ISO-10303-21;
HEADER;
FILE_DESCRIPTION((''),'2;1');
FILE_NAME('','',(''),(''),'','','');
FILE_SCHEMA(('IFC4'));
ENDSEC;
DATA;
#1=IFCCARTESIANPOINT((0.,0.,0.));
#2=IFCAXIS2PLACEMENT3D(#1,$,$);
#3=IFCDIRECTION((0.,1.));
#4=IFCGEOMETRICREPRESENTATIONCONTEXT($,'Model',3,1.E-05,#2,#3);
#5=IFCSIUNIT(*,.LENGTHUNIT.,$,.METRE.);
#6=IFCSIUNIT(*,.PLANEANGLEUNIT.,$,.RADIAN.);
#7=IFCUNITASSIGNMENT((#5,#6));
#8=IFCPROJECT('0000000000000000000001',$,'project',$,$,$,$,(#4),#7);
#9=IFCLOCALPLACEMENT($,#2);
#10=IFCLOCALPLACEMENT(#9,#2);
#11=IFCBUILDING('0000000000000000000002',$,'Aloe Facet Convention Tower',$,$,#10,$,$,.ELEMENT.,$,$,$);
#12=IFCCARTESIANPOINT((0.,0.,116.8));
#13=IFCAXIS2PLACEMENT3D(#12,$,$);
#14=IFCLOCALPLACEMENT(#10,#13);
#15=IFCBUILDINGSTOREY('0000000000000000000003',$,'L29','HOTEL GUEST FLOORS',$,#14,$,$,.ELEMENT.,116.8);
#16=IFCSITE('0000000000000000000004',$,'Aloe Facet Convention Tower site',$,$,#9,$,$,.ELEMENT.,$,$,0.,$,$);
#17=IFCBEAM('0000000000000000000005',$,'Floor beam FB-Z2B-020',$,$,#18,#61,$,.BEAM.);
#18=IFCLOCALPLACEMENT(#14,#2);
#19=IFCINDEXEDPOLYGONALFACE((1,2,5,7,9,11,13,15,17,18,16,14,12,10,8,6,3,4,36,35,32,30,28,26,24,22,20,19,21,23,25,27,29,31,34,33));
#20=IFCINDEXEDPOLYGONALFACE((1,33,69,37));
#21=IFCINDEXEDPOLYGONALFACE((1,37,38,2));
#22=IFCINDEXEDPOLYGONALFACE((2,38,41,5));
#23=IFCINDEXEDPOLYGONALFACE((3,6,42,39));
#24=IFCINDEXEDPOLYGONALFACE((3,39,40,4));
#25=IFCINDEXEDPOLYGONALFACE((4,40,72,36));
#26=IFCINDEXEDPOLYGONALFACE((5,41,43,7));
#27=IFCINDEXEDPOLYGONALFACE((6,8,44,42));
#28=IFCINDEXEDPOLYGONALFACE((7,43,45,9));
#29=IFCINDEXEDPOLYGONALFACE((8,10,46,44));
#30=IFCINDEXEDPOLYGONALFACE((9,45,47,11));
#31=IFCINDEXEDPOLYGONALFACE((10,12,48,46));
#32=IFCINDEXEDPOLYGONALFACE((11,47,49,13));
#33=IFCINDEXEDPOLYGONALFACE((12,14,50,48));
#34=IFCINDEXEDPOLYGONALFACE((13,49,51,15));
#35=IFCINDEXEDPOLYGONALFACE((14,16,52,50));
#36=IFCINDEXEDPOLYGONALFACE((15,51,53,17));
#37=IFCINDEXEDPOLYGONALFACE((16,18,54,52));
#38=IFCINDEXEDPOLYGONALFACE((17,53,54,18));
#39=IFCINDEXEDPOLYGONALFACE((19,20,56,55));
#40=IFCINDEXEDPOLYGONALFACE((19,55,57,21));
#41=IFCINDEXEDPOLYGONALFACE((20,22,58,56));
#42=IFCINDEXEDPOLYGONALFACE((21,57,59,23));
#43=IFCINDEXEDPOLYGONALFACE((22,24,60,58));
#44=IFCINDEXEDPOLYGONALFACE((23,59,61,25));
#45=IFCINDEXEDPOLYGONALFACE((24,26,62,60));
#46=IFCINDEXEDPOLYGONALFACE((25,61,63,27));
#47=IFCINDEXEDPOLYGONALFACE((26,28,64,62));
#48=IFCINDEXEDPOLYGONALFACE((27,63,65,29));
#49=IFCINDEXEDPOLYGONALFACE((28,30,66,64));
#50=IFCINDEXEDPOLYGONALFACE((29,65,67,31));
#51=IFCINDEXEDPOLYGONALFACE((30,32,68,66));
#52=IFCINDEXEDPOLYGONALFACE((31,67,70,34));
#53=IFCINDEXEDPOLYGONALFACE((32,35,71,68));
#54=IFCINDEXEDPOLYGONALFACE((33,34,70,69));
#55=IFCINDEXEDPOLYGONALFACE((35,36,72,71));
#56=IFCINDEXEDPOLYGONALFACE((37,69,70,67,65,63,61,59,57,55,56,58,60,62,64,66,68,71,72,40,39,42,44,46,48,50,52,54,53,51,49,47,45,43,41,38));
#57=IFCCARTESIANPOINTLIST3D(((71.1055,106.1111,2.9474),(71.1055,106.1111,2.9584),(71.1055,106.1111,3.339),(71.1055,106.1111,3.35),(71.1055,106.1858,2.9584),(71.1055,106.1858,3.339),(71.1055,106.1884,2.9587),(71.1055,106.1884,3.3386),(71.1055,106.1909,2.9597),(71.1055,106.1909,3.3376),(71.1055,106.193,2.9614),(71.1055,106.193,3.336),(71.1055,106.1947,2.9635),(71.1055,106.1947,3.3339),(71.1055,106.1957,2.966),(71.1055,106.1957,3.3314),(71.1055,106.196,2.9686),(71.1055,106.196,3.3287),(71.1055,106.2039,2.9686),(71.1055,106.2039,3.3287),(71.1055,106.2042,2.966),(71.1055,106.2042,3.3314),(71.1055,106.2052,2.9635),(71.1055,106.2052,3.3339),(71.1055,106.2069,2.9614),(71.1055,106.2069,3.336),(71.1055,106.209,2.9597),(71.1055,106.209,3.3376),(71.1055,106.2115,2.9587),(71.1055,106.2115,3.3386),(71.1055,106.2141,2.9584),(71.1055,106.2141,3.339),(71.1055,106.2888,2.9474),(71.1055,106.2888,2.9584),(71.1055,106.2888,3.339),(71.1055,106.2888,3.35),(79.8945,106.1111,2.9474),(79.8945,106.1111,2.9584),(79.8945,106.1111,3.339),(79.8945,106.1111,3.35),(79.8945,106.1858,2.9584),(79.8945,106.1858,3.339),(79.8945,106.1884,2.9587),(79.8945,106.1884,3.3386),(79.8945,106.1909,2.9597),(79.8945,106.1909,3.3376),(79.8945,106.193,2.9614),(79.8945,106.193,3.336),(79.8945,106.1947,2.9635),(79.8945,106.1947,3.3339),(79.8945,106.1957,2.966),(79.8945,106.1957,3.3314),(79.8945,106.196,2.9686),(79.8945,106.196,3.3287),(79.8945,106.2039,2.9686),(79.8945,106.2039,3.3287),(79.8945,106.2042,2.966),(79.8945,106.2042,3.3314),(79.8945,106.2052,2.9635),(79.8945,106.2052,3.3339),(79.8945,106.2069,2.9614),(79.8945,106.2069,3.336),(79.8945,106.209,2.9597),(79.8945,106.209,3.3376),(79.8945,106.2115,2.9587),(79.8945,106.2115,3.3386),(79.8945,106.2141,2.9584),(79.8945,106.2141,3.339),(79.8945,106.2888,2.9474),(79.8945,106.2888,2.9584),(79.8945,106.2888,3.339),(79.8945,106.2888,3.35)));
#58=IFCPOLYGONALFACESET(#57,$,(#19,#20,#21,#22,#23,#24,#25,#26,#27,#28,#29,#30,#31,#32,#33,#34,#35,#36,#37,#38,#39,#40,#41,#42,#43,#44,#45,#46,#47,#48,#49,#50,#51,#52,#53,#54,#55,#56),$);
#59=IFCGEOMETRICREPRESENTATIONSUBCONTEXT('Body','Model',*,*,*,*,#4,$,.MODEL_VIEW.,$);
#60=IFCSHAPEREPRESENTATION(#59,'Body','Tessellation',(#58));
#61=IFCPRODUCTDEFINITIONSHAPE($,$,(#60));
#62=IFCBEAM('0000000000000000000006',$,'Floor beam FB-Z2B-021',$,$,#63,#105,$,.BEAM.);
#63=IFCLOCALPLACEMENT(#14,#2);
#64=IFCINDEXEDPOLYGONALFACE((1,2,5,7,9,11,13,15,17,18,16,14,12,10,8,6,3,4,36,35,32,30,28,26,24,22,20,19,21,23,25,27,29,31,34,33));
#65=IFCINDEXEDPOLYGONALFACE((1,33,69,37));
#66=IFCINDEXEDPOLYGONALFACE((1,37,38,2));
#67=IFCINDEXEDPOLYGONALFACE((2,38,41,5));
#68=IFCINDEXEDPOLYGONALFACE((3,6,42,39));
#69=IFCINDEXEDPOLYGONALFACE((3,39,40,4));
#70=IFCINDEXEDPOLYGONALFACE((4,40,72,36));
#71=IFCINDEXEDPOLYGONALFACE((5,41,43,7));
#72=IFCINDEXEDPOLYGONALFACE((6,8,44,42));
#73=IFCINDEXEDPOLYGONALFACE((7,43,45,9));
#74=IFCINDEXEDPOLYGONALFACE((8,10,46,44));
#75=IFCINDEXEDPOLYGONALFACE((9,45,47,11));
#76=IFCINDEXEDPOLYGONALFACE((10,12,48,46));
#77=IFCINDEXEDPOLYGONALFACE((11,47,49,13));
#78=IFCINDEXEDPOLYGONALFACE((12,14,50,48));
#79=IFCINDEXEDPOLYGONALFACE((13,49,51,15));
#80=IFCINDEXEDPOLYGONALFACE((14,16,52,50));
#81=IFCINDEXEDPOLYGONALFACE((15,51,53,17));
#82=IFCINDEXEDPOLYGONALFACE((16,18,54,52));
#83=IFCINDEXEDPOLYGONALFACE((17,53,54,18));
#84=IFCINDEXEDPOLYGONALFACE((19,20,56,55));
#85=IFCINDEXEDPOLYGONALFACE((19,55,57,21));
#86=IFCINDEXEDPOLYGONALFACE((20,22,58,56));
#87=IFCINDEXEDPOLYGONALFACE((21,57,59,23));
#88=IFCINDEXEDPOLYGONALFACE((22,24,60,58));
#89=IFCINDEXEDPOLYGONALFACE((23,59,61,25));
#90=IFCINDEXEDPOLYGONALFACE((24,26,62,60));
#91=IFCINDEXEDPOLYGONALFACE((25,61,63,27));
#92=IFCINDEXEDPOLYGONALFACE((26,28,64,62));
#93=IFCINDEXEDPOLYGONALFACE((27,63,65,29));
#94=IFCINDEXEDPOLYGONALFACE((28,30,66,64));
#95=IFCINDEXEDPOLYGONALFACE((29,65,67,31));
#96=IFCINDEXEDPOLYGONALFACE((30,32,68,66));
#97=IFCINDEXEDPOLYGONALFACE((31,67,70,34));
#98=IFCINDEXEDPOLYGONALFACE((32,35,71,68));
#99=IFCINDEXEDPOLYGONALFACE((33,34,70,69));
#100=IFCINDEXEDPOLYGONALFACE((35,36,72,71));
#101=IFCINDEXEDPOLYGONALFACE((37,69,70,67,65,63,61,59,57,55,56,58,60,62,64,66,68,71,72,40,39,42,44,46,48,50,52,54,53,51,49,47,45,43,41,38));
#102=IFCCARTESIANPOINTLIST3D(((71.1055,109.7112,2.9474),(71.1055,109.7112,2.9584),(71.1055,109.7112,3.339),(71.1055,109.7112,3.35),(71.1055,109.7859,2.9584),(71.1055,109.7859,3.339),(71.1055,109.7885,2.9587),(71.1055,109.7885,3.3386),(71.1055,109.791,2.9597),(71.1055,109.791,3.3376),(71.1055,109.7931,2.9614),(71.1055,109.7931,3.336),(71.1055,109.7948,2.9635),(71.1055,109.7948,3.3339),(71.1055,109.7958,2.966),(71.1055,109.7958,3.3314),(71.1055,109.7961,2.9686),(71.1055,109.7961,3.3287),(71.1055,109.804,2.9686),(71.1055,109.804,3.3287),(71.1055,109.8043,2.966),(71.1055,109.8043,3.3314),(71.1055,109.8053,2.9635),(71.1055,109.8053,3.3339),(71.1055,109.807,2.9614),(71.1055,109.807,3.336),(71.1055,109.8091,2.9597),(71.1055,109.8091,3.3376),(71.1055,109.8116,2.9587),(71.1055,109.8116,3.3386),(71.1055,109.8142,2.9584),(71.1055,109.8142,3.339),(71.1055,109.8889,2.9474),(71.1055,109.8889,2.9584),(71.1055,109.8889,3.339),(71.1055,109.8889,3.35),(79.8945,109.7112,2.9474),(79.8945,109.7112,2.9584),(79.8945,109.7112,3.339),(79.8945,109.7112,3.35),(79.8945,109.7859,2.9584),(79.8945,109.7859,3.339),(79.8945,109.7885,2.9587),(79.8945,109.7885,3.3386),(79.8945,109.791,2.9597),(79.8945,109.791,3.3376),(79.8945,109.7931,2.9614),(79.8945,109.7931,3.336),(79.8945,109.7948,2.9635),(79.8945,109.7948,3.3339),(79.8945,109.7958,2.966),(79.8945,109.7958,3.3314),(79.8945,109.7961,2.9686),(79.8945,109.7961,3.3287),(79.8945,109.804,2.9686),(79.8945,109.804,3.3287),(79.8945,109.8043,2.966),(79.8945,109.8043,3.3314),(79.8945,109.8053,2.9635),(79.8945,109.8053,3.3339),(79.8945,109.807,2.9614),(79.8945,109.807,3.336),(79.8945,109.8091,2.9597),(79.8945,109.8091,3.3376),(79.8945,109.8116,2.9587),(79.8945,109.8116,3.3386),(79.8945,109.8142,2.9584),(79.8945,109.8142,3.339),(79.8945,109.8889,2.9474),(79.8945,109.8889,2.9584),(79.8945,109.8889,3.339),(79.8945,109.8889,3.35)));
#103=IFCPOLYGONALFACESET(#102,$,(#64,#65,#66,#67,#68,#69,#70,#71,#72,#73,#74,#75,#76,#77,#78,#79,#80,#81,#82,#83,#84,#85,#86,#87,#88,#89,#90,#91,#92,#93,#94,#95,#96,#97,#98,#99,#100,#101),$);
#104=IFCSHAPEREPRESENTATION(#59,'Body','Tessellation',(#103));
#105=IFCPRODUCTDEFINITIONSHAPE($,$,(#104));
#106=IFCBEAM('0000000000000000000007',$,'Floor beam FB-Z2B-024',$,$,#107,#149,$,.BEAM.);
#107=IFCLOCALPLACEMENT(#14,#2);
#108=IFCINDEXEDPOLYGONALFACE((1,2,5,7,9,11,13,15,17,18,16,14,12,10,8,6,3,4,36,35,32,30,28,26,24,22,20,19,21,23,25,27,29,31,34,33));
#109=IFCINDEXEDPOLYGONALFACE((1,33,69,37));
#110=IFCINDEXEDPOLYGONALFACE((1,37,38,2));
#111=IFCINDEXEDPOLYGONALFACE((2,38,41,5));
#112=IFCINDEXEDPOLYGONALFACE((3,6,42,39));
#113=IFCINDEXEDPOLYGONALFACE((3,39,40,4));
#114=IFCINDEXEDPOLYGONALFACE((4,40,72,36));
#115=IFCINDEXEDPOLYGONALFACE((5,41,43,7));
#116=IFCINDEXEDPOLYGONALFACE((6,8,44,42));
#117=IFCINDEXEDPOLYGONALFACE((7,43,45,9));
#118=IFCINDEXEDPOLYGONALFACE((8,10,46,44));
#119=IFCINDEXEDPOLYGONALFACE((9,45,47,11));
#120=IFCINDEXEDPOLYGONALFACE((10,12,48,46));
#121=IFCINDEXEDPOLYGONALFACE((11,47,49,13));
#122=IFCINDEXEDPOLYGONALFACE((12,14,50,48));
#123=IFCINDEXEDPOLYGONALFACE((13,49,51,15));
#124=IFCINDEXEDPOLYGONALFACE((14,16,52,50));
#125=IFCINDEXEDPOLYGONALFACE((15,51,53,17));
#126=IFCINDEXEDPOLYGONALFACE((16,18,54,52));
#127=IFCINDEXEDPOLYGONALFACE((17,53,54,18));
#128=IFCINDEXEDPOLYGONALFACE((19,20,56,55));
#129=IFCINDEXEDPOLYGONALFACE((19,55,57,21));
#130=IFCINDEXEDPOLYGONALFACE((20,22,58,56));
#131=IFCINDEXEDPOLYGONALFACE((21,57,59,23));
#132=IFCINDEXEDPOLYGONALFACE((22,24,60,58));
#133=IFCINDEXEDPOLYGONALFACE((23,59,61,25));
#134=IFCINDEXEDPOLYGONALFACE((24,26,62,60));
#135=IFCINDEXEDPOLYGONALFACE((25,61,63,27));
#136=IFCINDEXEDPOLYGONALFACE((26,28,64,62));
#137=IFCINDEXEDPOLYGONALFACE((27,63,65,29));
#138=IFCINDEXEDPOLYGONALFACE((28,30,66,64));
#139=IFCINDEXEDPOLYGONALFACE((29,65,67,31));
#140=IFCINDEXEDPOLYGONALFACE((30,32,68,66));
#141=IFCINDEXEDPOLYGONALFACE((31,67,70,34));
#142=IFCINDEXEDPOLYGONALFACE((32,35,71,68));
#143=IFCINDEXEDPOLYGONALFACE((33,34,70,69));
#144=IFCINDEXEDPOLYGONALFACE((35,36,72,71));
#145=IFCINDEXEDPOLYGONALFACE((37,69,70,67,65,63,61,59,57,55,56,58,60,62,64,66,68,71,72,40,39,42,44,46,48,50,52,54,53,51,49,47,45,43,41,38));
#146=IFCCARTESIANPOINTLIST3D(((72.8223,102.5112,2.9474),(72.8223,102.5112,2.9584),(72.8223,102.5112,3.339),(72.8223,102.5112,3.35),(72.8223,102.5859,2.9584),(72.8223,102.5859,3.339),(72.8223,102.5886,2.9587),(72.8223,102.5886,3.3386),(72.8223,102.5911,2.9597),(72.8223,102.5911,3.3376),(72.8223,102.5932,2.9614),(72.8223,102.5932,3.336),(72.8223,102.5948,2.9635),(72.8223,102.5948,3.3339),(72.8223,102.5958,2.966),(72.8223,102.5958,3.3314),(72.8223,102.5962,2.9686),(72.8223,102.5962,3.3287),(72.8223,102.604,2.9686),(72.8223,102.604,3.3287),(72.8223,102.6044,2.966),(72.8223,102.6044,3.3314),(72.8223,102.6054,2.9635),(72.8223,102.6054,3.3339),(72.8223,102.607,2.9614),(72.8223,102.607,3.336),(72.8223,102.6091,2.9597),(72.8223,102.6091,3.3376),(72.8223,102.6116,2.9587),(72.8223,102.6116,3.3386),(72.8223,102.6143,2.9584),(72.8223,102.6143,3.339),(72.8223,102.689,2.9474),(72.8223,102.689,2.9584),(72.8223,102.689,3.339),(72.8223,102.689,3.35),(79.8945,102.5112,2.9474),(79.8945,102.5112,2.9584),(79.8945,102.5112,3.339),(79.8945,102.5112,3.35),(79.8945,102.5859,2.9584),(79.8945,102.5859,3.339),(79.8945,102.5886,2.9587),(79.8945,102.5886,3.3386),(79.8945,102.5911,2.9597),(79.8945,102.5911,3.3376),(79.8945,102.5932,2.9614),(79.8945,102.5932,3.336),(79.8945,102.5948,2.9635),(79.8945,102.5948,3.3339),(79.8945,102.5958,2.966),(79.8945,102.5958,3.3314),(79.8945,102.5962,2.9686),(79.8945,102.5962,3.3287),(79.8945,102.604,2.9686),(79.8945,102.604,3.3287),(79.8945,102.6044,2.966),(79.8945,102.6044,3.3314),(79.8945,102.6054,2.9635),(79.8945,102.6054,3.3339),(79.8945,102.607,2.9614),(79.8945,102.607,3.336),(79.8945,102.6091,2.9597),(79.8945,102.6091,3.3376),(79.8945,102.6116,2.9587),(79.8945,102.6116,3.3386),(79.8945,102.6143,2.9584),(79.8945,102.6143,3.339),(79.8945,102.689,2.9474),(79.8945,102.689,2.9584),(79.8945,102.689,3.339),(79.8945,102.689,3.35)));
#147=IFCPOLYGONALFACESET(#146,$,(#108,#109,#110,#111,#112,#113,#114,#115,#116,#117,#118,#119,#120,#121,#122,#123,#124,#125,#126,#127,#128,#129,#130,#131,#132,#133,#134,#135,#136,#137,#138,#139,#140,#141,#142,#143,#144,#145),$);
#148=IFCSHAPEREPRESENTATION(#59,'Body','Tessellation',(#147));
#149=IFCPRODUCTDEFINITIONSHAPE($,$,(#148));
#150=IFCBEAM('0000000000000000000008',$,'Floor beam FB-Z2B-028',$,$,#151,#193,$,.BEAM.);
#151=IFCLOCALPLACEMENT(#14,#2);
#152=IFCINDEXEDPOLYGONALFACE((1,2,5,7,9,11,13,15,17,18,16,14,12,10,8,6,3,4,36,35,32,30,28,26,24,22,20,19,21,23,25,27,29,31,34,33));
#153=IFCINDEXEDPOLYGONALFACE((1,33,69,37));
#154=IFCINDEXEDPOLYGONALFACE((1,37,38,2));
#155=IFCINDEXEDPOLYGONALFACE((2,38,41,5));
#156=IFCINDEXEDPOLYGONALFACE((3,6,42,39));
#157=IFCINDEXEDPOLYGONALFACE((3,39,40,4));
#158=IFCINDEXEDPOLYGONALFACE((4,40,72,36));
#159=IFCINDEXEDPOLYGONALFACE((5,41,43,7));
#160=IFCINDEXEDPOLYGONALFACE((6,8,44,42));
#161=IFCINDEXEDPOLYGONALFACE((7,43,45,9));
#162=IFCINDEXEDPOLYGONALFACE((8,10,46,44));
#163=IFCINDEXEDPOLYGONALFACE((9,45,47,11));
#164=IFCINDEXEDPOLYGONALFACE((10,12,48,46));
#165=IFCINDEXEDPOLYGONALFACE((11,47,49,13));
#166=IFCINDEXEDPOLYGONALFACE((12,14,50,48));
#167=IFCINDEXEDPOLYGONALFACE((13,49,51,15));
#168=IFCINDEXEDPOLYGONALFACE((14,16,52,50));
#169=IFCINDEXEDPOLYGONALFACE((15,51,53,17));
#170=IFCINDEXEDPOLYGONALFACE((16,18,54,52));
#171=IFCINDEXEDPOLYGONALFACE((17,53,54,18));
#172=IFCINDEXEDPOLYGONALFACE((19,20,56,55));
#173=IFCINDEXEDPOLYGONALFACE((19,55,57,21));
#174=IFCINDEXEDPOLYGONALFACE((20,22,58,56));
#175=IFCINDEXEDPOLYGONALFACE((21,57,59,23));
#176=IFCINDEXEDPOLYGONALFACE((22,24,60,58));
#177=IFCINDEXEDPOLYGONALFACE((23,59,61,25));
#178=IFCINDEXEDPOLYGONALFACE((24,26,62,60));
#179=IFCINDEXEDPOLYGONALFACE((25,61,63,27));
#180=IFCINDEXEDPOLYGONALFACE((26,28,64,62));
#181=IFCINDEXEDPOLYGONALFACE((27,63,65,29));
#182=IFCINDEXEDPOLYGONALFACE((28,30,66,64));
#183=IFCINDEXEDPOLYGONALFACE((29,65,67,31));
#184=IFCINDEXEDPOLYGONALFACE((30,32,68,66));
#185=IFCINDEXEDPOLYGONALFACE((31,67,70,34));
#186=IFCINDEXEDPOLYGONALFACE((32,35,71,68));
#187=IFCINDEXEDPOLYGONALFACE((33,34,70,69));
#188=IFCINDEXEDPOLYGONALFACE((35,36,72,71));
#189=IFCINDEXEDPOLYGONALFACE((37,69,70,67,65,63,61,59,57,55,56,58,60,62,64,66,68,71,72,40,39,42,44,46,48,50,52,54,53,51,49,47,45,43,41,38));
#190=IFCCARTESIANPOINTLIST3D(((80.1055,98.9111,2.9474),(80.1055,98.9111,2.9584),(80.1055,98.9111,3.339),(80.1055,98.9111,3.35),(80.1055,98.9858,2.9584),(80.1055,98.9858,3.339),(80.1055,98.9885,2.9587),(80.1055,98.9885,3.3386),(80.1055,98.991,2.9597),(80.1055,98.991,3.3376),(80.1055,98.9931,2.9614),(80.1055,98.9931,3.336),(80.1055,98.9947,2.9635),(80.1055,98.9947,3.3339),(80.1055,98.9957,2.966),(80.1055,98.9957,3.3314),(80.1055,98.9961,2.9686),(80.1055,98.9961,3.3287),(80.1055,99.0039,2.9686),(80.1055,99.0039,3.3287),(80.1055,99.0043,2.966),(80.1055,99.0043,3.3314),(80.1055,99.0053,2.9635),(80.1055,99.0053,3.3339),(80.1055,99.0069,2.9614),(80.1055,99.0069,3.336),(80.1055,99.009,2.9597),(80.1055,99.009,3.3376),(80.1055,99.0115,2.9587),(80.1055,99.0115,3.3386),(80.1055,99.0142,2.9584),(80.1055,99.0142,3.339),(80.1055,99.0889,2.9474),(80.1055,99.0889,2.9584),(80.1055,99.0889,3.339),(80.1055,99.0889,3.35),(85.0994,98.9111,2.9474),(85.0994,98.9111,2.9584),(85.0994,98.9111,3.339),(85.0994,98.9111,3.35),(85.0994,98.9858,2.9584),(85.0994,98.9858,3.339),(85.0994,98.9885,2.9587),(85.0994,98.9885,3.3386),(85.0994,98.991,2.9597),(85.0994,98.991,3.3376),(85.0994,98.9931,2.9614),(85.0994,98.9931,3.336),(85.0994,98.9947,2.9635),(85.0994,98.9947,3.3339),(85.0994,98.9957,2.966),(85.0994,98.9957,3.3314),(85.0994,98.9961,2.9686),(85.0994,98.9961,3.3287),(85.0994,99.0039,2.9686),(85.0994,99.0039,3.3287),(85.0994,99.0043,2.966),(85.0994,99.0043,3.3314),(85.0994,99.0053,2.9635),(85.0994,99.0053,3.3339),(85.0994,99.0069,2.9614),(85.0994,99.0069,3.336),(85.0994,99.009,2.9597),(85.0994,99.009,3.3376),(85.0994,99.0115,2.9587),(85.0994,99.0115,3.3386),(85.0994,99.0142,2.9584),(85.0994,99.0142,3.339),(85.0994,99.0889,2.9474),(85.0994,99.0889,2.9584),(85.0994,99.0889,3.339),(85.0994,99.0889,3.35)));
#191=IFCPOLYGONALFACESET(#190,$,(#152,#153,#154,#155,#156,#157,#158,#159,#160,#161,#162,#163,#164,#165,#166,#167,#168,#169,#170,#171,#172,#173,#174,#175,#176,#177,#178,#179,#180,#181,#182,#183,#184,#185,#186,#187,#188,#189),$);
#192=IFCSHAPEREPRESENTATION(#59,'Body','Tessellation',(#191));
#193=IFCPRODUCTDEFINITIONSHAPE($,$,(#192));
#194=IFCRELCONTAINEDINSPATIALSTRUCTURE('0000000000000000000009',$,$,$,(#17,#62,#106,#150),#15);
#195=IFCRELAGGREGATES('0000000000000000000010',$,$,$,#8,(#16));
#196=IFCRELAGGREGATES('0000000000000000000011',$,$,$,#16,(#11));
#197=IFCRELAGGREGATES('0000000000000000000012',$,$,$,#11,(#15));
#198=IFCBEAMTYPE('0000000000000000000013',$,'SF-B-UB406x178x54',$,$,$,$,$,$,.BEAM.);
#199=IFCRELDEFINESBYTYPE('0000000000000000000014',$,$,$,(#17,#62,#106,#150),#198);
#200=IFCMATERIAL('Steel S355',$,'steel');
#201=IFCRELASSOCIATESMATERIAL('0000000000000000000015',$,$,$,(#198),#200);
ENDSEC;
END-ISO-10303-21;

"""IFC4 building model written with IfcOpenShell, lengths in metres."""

from ifc_helpers import new_model, si_unit, direction, frame, origin, origin_2d, place, context, subcontext, project, spatial, i_section, extrude, material, material_profile, profile_set, type_object, element, save


model = new_model("IFC4")

# Units and contexts
model_context = context("Model", 3, precision=1e-05, world=origin(), true_north=direction((0.0, 1.0)))
body_context = subcontext(model_context, "Body", "Model", "MODEL_VIEW")
ifc_project = project(units=[si_unit("LENGTHUNIT", "METRE"), si_unit("PLANEANGLEUNIT", "RADIAN")], contexts=[model_context])

# Site, building, storey
site_placement = place(None, origin())
site = spatial("IfcSite", under=ifc_project, at=site_placement, Name="Aloe Facet Convention Tower site", CompositionType="ELEMENT", RefElevation=0.0)
building_placement = place(site_placement, origin())
building = spatial("IfcBuilding", under=site, at=building_placement, Name="Aloe Facet Convention Tower", CompositionType="ELEMENT")
storey_placement = place(building_placement, frame((0.0, 0.0, 116.8)))
storey = spatial("IfcBuildingStorey", under=building, at=storey_placement, Name="L29", Description="HOTEL GUEST FLOORS", CompositionType="ELEMENT", Elevation=116.8)

# Beams
ifc_material_1 = material(Name="Steel S355", Category="steel")
ifc_material_profile_1 = material_profile(ifc_material_1, i_section(OverallWidth=0.1777, OverallDepth=0.4026, WebThickness=0.0078, FlangeThickness=0.011, FilletRadius=0.0103, at=origin_2d()), Name="UB 406x178x54")
ifc_profile_set_1 = profile_set([ifc_material_profile_1], Name="Steel S355")
beam_type_1 = type_object("IfcBeamType", Name="SF-B-UB406x178x54", PredefinedType="BEAM", material=ifc_profile_set_1)
for number, where, z_axis, x_axis, name in (
    (1, (71.1055, 106.2, 3.1487), (1.0, 0.0, 0.0), (0.0, 1.0, 0.0), "Floor beam FB-Z2B-020"),
    (2, (71.1055, 109.8, 3.1487), (1.0, 0.0, 0.0), (0.0, 1.0, 0.0), "Floor beam FB-Z2B-021"),
):
    element("IfcBeam", number, at=place(storey_placement, frame(where, z_axis=z_axis, x_axis=x_axis)), inside=storey, type_object=beam_type_1, Name=name, PredefinedType="BEAM", context=body_context, shape_type="SweptSolid", body=[
        extrude(i_section(OverallWidth=0.1777, OverallDepth=0.4026, WebThickness=0.0078, FlangeThickness=0.011, FilletRadius=0.0103, at=origin_2d()), origin(), (0.0, 0.0, 1.0), 8.7891),
    ])
beam_1_placement = place(storey_placement, frame((72.8223, 102.6001, 3.1487), z_axis=(1.0, 0.0, 0.0), x_axis=(0.0, 1.0, 0.0)))
element("IfcBeam", 3, at=beam_1_placement, inside=storey, type_object=beam_type_1, Name="Floor beam FB-Z2B-024", PredefinedType="BEAM", context=body_context, shape_type="SweptSolid", body=[
    extrude(i_section(OverallWidth=0.1777, OverallDepth=0.4026, WebThickness=0.0078, FlangeThickness=0.011, FilletRadius=0.0103, at=origin_2d()), origin(), (0.0, 0.0, 1.0), 7.0723),
])
beam_2_placement = place(storey_placement, frame((80.1055, 99.0, 3.1487), z_axis=(1.0, 0.0, 0.0), x_axis=(0.0, 1.0, 0.0)))
element("IfcBeam", 4, at=beam_2_placement, inside=storey, type_object=beam_type_1, Name="Floor beam FB-Z2B-028", PredefinedType="BEAM", context=body_context, shape_type="SweptSolid", body=[
    extrude(i_section(OverallWidth=0.1777, OverallDepth=0.4026, WebThickness=0.0078, FlangeThickness=0.011, FilletRadius=0.0103, at=origin_2d()), origin(), (0.0, 0.0, 1.0), 4.9939),
])

save(model, "model.ifc")
